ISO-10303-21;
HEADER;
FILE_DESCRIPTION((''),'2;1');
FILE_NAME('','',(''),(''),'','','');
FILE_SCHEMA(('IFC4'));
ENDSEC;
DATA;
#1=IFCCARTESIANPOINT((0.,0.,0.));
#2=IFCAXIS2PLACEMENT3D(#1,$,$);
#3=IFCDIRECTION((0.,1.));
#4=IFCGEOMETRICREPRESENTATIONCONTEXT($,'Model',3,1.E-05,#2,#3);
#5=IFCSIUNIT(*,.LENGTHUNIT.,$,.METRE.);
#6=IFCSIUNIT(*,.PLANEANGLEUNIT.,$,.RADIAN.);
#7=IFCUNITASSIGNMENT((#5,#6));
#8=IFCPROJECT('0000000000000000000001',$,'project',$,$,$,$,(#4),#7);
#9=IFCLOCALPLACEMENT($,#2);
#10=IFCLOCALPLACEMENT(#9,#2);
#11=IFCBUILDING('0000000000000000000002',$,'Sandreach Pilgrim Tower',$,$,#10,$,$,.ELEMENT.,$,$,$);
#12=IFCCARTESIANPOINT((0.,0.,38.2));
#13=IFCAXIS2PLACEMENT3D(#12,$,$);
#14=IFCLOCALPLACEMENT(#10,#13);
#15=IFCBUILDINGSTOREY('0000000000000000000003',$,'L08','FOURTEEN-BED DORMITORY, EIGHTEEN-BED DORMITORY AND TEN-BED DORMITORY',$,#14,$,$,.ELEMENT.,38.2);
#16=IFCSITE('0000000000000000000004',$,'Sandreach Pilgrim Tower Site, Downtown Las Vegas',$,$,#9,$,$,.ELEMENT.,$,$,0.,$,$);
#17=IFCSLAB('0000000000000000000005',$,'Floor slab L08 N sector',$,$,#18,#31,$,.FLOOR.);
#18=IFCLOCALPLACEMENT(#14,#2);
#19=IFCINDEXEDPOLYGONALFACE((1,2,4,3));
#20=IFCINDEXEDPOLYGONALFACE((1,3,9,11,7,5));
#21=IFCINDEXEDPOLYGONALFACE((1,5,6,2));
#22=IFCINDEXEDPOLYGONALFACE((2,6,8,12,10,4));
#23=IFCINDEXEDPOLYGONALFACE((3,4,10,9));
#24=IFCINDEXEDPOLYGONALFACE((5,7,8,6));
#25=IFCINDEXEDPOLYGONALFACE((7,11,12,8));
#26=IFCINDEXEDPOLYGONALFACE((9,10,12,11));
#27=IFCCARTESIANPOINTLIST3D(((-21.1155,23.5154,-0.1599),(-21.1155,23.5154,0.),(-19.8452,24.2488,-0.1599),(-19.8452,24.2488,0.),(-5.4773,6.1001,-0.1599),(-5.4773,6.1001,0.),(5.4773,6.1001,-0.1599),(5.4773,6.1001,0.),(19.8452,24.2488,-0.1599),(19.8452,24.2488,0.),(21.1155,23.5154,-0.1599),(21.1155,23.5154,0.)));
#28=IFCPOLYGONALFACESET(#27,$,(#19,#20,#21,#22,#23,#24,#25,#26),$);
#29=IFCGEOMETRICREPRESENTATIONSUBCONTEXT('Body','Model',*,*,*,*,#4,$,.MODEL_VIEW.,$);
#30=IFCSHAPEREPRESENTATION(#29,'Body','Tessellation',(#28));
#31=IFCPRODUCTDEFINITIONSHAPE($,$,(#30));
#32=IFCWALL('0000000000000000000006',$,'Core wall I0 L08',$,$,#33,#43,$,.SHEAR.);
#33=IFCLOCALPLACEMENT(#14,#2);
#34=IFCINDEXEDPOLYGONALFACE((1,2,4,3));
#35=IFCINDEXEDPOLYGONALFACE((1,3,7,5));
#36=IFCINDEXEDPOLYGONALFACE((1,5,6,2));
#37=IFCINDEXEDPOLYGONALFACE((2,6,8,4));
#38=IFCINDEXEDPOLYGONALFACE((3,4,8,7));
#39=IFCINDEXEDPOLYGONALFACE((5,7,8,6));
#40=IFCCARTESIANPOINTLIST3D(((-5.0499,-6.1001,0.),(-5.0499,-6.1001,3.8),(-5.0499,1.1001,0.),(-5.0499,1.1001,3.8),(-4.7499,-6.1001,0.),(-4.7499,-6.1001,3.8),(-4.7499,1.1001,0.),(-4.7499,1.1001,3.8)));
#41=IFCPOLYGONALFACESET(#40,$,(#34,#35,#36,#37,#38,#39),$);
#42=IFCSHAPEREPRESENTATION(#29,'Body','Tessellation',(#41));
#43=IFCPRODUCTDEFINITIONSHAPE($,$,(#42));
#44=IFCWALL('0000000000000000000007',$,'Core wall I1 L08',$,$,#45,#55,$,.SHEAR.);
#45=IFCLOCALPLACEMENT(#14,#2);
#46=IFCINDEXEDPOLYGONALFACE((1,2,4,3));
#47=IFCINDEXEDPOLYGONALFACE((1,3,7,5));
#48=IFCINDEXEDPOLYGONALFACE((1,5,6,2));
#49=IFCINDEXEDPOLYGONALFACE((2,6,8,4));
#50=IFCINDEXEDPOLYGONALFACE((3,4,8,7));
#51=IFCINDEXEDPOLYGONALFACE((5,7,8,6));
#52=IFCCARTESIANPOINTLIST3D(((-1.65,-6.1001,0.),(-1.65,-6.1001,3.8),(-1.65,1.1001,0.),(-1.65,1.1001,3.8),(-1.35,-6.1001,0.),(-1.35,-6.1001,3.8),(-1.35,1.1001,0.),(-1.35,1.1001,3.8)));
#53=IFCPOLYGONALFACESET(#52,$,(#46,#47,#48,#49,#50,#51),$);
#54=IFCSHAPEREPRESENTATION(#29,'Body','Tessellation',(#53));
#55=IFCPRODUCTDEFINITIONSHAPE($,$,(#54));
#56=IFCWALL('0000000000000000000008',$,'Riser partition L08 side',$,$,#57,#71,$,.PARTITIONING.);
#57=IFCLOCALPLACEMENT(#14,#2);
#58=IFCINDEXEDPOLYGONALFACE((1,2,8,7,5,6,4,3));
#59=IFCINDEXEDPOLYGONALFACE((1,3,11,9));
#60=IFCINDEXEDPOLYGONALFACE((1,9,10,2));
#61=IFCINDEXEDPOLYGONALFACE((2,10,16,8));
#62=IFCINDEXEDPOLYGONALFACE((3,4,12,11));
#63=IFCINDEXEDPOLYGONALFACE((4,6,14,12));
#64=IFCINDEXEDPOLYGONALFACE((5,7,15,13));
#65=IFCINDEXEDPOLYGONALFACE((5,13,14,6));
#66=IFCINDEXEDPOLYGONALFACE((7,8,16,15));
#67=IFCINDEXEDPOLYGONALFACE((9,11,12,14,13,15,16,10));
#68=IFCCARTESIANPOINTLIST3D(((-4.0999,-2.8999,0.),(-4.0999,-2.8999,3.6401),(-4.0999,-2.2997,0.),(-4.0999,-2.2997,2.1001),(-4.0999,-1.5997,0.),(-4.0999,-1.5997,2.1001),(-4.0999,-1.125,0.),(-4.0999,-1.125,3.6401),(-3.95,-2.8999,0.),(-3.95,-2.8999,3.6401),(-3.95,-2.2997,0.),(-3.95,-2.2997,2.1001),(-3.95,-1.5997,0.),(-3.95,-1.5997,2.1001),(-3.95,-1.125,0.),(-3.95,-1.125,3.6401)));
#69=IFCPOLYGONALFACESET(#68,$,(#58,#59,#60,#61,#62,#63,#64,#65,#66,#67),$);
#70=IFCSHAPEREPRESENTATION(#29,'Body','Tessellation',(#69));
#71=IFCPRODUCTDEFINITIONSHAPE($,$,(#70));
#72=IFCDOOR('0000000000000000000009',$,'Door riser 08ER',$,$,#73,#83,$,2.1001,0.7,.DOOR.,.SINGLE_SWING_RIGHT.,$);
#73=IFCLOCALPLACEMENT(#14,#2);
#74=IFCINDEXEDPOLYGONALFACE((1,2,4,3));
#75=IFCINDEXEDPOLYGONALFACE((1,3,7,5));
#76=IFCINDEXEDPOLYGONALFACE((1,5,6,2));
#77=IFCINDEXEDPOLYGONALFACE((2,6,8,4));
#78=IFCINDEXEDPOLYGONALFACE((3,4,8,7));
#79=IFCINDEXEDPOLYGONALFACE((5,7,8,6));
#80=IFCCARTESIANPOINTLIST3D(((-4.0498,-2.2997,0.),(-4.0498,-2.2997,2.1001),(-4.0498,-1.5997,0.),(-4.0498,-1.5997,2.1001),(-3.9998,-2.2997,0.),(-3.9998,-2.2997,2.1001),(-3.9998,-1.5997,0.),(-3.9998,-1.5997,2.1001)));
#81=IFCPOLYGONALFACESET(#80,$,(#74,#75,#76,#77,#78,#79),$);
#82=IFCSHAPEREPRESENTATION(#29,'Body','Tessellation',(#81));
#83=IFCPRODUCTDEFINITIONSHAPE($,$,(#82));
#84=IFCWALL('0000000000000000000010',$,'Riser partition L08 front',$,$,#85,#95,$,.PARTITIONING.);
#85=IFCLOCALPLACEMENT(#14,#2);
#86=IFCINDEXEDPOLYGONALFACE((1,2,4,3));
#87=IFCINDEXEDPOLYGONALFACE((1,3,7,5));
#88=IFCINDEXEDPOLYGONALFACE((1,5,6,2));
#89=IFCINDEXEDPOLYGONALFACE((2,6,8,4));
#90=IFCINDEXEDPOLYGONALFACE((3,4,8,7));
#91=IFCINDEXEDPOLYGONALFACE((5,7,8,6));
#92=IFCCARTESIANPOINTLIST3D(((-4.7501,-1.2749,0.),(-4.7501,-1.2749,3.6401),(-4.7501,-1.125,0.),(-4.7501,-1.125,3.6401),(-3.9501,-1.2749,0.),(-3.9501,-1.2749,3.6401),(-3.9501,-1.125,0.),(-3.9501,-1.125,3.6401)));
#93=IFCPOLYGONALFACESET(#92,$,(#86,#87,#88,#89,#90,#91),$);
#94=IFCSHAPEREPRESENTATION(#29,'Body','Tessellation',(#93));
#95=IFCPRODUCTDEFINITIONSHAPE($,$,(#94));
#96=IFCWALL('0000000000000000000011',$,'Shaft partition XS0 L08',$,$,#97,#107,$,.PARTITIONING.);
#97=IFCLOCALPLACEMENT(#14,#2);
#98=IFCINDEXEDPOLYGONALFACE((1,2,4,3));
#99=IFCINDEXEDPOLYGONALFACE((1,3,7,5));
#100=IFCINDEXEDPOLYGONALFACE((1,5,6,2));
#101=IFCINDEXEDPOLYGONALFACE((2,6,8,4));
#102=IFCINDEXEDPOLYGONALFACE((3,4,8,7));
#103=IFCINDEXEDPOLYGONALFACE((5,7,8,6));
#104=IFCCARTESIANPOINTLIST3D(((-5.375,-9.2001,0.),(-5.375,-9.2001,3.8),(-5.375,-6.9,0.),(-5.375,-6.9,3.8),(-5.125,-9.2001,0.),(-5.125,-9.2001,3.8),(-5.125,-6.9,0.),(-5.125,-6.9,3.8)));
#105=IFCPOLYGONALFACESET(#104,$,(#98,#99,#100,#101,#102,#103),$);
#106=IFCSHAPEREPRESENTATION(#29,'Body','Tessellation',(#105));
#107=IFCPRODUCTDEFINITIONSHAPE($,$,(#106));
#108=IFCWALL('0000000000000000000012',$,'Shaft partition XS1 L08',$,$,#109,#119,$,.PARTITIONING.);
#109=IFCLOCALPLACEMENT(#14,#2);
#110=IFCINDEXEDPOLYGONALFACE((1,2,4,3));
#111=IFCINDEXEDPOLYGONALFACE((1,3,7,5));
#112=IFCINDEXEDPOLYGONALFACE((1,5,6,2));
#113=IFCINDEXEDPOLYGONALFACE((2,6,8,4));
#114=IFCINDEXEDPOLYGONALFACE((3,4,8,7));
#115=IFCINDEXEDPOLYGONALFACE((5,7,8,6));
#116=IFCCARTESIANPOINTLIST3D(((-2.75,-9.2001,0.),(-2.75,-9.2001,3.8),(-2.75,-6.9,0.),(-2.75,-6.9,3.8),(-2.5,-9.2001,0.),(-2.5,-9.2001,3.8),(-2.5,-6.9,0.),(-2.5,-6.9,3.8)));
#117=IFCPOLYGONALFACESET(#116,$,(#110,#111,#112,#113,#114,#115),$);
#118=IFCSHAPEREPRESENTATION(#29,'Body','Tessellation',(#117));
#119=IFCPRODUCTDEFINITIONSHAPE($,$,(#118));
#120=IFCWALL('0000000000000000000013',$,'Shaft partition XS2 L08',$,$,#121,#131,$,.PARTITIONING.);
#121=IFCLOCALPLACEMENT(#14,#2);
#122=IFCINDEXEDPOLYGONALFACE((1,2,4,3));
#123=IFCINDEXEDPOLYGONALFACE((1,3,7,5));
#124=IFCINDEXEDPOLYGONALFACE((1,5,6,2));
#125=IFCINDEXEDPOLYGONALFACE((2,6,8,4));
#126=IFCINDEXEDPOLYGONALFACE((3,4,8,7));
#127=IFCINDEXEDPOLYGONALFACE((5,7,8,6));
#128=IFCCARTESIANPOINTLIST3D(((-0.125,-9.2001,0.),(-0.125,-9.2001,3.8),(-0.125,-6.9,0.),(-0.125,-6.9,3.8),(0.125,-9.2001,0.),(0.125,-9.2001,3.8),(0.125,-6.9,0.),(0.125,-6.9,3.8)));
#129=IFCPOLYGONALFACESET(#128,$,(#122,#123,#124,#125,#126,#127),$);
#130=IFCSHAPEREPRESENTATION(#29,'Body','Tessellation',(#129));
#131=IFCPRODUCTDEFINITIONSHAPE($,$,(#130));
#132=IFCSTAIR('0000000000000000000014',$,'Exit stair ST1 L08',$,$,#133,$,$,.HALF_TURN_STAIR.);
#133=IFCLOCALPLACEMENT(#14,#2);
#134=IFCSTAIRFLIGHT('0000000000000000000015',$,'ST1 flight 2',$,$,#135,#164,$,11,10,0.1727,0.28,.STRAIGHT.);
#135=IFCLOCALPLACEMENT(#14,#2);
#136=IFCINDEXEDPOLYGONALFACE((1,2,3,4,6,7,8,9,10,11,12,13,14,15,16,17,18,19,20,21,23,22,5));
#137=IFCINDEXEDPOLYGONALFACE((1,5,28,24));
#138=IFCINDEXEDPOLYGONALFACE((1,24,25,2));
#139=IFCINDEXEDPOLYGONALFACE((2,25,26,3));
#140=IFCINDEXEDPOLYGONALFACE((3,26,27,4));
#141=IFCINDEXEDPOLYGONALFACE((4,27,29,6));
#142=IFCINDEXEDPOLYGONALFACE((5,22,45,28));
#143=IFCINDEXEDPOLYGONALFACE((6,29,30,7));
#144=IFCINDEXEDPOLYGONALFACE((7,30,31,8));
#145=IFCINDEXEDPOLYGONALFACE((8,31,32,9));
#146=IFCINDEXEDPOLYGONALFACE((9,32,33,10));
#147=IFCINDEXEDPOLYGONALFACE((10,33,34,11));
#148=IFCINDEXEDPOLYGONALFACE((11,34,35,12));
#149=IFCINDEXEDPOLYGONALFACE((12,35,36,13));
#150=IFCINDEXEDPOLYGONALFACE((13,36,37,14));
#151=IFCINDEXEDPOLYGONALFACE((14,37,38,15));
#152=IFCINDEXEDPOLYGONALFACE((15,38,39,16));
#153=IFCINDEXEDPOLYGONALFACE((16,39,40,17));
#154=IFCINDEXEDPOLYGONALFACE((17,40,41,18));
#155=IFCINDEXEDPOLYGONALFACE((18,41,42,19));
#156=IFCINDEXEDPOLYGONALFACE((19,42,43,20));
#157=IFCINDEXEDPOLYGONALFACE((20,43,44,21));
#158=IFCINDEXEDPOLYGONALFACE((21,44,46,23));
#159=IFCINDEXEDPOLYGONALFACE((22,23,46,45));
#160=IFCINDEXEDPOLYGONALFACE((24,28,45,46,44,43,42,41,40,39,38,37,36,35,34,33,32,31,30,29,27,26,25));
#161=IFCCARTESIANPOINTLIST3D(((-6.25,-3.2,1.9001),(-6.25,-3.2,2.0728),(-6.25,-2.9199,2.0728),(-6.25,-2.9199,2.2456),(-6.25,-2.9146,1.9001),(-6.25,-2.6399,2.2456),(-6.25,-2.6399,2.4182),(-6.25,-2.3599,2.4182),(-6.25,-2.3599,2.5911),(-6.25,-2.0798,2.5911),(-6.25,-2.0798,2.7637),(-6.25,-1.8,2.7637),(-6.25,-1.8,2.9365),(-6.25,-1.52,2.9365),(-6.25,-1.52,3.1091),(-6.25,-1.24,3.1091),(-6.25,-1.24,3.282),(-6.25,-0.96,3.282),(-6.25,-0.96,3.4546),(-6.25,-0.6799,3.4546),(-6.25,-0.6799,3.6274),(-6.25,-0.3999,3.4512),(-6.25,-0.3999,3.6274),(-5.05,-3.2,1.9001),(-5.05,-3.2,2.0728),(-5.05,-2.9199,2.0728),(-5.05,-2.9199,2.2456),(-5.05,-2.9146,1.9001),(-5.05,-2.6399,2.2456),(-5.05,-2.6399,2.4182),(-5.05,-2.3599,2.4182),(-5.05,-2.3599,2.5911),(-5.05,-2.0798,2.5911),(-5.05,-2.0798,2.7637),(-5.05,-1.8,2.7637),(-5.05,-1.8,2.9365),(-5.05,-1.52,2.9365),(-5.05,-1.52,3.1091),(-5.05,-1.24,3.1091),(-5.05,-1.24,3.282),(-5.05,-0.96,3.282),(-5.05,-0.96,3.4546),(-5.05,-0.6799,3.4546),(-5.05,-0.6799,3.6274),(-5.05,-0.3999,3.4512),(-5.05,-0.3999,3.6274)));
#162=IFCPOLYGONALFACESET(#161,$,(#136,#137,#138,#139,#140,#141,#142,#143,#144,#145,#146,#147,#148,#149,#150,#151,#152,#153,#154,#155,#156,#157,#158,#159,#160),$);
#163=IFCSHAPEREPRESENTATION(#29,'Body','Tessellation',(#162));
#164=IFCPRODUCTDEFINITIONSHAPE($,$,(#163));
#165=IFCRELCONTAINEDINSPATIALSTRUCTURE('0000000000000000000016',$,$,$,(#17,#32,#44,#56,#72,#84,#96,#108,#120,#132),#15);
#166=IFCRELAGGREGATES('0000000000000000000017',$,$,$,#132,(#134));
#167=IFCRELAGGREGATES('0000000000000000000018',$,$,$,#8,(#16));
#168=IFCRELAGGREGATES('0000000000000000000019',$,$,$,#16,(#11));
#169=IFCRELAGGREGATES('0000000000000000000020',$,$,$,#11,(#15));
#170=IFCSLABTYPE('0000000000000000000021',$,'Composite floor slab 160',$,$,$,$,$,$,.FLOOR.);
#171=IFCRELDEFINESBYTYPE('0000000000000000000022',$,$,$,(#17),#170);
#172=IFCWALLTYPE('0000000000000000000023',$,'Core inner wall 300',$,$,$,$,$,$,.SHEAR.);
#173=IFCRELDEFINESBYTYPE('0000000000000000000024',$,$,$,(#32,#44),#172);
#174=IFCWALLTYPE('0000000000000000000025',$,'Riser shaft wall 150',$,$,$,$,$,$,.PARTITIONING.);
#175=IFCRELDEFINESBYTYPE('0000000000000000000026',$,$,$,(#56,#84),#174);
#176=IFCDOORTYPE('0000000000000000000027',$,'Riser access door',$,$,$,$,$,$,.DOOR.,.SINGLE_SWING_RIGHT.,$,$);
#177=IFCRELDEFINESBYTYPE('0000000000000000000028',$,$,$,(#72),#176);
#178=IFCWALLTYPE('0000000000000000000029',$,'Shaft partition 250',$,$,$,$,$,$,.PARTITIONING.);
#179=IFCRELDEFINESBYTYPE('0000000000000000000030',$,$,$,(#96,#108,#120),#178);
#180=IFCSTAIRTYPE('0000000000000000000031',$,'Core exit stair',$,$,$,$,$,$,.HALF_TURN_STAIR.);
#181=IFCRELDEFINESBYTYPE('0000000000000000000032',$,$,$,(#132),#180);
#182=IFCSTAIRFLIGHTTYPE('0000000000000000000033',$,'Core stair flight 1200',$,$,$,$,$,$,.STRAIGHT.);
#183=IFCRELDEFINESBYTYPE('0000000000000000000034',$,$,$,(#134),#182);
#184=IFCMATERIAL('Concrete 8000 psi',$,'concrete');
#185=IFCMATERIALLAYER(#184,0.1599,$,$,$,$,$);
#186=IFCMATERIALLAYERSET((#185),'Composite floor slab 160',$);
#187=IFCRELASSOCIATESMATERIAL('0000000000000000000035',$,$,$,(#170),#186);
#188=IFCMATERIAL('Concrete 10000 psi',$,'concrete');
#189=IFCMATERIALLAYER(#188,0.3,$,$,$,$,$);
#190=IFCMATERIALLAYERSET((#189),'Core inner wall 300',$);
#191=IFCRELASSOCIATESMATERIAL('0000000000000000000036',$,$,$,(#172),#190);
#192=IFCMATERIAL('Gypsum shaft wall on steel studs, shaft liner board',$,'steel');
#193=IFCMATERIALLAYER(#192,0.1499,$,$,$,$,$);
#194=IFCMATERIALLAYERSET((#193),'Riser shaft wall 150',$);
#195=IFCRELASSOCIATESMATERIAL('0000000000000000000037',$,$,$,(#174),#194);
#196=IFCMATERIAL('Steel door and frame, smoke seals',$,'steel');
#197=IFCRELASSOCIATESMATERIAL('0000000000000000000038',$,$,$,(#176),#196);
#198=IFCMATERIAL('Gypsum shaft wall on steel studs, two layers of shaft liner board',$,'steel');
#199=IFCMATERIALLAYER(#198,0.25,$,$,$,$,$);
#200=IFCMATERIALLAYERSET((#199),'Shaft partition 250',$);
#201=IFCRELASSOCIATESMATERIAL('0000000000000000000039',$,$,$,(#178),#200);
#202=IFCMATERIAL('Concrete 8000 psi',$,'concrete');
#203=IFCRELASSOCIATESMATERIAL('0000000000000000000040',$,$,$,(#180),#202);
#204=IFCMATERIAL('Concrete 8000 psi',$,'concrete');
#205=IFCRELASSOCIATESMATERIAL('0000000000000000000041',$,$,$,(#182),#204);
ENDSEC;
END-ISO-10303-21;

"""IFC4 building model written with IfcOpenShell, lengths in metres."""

from ifc_helpers import new_model, si_unit, direction, frame, frame_2d, origin, place, context, subcontext, project, spatial, polyline, rectangle, outline, extrude, material, layer, layer_set, type_object, element, fill, aggregate, save


model = new_model("IFC4")

# Units and contexts
model_context = context("Model", 3, precision=1e-05, world=origin(), true_north=direction((0.0, 1.0)))
body_context = subcontext(model_context, "Body", "Model", "MODEL_VIEW")
ifc_project = project(units=[si_unit("LENGTHUNIT", "METRE"), si_unit("PLANEANGLEUNIT", "RADIAN")], contexts=[model_context])

# Site, building, storey
site_placement = place(None, origin())
site = spatial("IfcSite", under=ifc_project, at=site_placement, Name="Sandreach Pilgrim Tower Site, Downtown Las Vegas", CompositionType="ELEMENT", RefElevation=0.0)
building_placement = place(site_placement, origin())
building = spatial("IfcBuilding", under=site, at=building_placement, Name="Sandreach Pilgrim Tower", CompositionType="ELEMENT")
storey_placement = place(building_placement, frame((0.0, 0.0, 38.2)))
storey = spatial("IfcBuildingStorey", under=building, at=storey_placement, Name="L08", Description="FOURTEEN-BED DORMITORY, EIGHTEEN-BED DORMITORY AND TEN-BED DORMITORY", CompositionType="ELEMENT", Elevation=38.2)

# Slab
ifc_material_1 = material(Name="Concrete 8000 psi", Category="concrete")
ifc_layer_1 = layer(ifc_material_1, 0.1599)
ifc_layer_set_1 = layer_set([ifc_layer_1], Name="Composite floor slab 160")
slab_type = type_object("IfcSlabType", Name="Composite floor slab 160", PredefinedType="FLOOR", material=ifc_layer_set_1)
slab_placement = place(storey_placement, frame((0.0, 0.0, -0.1599)))
element("IfcSlab", 1, at=slab_placement, inside=storey, type_object=slab_type, Name="Floor slab L08 N sector", PredefinedType="FLOOR", context=body_context, shape_type="SweptSolid", body=[
    extrude(outline(polyline([(-19.8452, 24.2488), (19.8452, 24.2488), (21.1155, 23.5154), (5.4773, 6.1001), (-5.4773, 6.1001), (-21.1155, 23.5154), (-19.8452, 24.2488)])), origin(), (0.0, 0.0, 1.0), 0.1599),
])

# Walls
ifc_material_2 = material(Name="Concrete 10000 psi", Category="concrete")
ifc_layer_2 = layer(ifc_material_2, 0.3)
ifc_layer_set_2 = layer_set([ifc_layer_2], Name="Core inner wall 300")
wall_type_1 = type_object("IfcWallType", Name="Core inner wall 300", PredefinedType="SHEAR", material=ifc_layer_set_2)
for number, where, z_axis, x_axis, name in (
    (2, (-4.8999, -6.1001, 0.0), (0.0, 0.0, 1.0), (0.0, 1.0, 0.0), "Core wall I0 L08"),
    (3, (-1.5, -6.1001, 0.0), (0.0, 0.0, 1.0), (0.0, 1.0, 0.0), "Core wall I1 L08"),
):
    element("IfcWall", number, at=place(storey_placement, frame(where, z_axis=z_axis, x_axis=x_axis)), inside=storey, type_object=wall_type_1, Name=name, PredefinedType="SHEAR", context=body_context, shape_type="SweptSolid", body=[
        extrude(rectangle(XDim=7.2002, YDim=0.3, at=frame_2d((3.6001, 0.0))), origin(), (0.0, 0.0, 1.0), 3.8),
    ])

# Wall, opening, door
ifc_material_3 = material(Name="Gypsum shaft wall on steel studs, shaft liner board", Category="steel")
ifc_layer_3 = layer(ifc_material_3, 0.1499)
ifc_layer_set_3 = layer_set([ifc_layer_3], Name="Riser shaft wall 150")
wall_type_2 = type_object("IfcWallType", Name="Riser shaft wall 150", PredefinedType="PARTITIONING", material=ifc_layer_set_3)
wall_1_placement = place(storey_placement, frame((-4.0249, -2.8999, 0.0), z_axis=(0.0, 0.0, 1.0), x_axis=(0.0, 1.0, 0.0)))
wall_1 = element("IfcWall", 4, at=wall_1_placement, inside=storey, type_object=wall_type_2, Name="Riser partition L08 side", PredefinedType="PARTITIONING", context=body_context, shape_type="SweptSolid", body=[
    extrude(rectangle(XDim=1.7749, YDim=0.1499, at=frame_2d((0.8875, 0.0))), origin(), (0.0, 0.0, 1.0), 3.6401),
])
opening_1_placement = place(wall_1_placement, frame((0.6001, 0.0, 0.0)))
opening_1 = element("IfcOpeningElement", 5, at=opening_1_placement, cuts=wall_1, PredefinedType="OPENING", context=body_context, shape_type="SweptSolid", body=[
    extrude(rectangle(XDim=0.7, YDim=2.1001, at=frame_2d((0.3501, 1.05))), frame((0.0, 0.075, 0.0), z_axis=(0.0, -1.0, 0.0), x_axis=(1.0, 0.0, 0.0)), (0.0, 0.0, 1.0), 0.1499),
])
ifc_material_4 = material(Name="Steel door and frame, smoke seals", Category="steel")
door_type_1 = type_object("IfcDoorType", Name="Riser access door", OperationType="SINGLE_SWING_RIGHT", PredefinedType="DOOR", material=ifc_material_4)
door_1_placement = place(opening_1_placement, origin())
door_1 = element("IfcDoor", 6, at=door_1_placement, inside=storey, type_object=door_type_1, Name="Door riser 08ER", OperationType="SINGLE_SWING_RIGHT", OverallHeight=2.1001, OverallWidth=0.7, PredefinedType="DOOR", context=body_context, shape_type="SweptSolid", body=[
    extrude(rectangle(XDim=0.7, YDim=2.1001, at=frame_2d((0.3501, 1.05))), frame((0.0, 0.0249, 0.0), z_axis=(0.0, -1.0, 0.0), x_axis=(1.0, 0.0, 0.0)), (0.0, 0.0, 1.0), 0.05),
])
fill(opening_1, door_1)

# Walls
wall_2_placement = place(storey_placement, frame((-4.75, -1.2, 0.0), z_axis=(0.0, 0.0, 1.0), x_axis=(1.0, 0.0, 0.0)))
element("IfcWall", 7, at=wall_2_placement, inside=storey, type_object=wall_type_2, Name="Riser partition L08 front", PredefinedType="PARTITIONING", context=body_context, shape_type="SweptSolid", body=[
    extrude(rectangle(XDim=0.8, YDim=0.1499, at=frame_2d((0.3999, 0.0))), origin(), (0.0, 0.0, 1.0), 3.6401),
])
ifc_material_5 = material(Name="Gypsum shaft wall on steel studs, two layers of shaft liner board", Category="steel")
ifc_layer_4 = layer(ifc_material_5, 0.25)
ifc_layer_set_4 = layer_set([ifc_layer_4], Name="Shaft partition 250")
wall_type_3 = type_object("IfcWallType", Name="Shaft partition 250", PredefinedType="PARTITIONING", material=ifc_layer_set_4)
for number, where, z_axis, x_axis, name in (
    (8, (-5.25, -9.2, 0.0), (0.0, 0.0, 1.0), (0.0, 1.0, 0.0), "Shaft partition XS0 L08"),
    (9, (-2.625, -9.2, 0.0), (0.0, 0.0, 1.0), (0.0, 1.0, 0.0), "Shaft partition XS1 L08"),
    (10, (0.0, -9.2, 0.0), (0.0, 0.0, 1.0), (0.0, 1.0, 0.0), "Shaft partition XS2 L08"),
):
    element("IfcWall", number, at=place(storey_placement, frame(where, z_axis=z_axis, x_axis=x_axis)), inside=storey, type_object=wall_type_3, Name=name, PredefinedType="PARTITIONING", context=body_context, shape_type="SweptSolid", body=[
        extrude(rectangle(XDim=2.3, YDim=0.25, at=frame_2d((1.1499, 0.0))), origin(), (0.0, 0.0, 1.0), 3.8),
    ])

# Stair, stair flight
ifc_material_6 = material(Name="Concrete 8000 psi", Category="concrete")
stair_type = type_object("IfcStairType", Name="Core exit stair", PredefinedType="HALF_TURN_STAIR", material=ifc_material_6)
stair_1_placement = place(storey_placement, origin())
stair_1 = element("IfcStair", 11, at=stair_1_placement, inside=storey, type_object=stair_type, Name="Exit stair ST1 L08", PredefinedType="HALF_TURN_STAIR")
ifc_material_7 = material(Name="Concrete 8000 psi", Category="concrete")
stair_flight_type = type_object("IfcStairFlightType", Name="Core stair flight 1200", PredefinedType="STRAIGHT", material=ifc_material_7)
stair_flight_1_placement = place(storey_placement, frame((-5.6499, -3.2, 1.9001), z_axis=(0.0, 0.0, 1.0), x_axis=(0.0, 1.0, 0.0)))
stair_flight_1 = element("IfcStairFlight", 12, at=stair_flight_1_placement, type_object=stair_flight_type, Name="ST1 flight 2", NumberOfRisers=11, NumberOfTreads=10, PredefinedType="STRAIGHT", RiserHeight=0.1727, TreadLength=0.28, context=body_context, shape_type="SweptSolid", body=[
    extrude(outline(polyline([(0.0, 0.0), (0.0, 0.1726), (0.28, 0.1726), (0.28, 0.3455), (0.5601, 0.3455), (0.5601, 0.5181), (0.8401, 0.5181), (0.8401, 0.6909), (1.1201, 0.6909), (1.1201, 0.8635), (1.3999, 0.8635), (1.3999, 1.0364), (1.6799, 1.0364), (1.6799, 1.209), (1.96, 1.209), (1.96, 1.3818), (2.24, 1.3818), (2.24, 1.5544), (2.52, 1.5544), (2.52, 1.7273), (2.8, 1.7273), (2.8, 1.8999), (2.8, 1.551), (0.2854, 0.0), (0.0, 0.0)])), frame((0.0, 0.6001, 0.0), z_axis=(0.0, -1.0, 0.0), x_axis=(1.0, 0.0, 0.0)), (0.0, 0.0, 1.0), 1.2),
])
aggregate(stair_1, [stair_flight_1])

save(model, "model.ifc")
